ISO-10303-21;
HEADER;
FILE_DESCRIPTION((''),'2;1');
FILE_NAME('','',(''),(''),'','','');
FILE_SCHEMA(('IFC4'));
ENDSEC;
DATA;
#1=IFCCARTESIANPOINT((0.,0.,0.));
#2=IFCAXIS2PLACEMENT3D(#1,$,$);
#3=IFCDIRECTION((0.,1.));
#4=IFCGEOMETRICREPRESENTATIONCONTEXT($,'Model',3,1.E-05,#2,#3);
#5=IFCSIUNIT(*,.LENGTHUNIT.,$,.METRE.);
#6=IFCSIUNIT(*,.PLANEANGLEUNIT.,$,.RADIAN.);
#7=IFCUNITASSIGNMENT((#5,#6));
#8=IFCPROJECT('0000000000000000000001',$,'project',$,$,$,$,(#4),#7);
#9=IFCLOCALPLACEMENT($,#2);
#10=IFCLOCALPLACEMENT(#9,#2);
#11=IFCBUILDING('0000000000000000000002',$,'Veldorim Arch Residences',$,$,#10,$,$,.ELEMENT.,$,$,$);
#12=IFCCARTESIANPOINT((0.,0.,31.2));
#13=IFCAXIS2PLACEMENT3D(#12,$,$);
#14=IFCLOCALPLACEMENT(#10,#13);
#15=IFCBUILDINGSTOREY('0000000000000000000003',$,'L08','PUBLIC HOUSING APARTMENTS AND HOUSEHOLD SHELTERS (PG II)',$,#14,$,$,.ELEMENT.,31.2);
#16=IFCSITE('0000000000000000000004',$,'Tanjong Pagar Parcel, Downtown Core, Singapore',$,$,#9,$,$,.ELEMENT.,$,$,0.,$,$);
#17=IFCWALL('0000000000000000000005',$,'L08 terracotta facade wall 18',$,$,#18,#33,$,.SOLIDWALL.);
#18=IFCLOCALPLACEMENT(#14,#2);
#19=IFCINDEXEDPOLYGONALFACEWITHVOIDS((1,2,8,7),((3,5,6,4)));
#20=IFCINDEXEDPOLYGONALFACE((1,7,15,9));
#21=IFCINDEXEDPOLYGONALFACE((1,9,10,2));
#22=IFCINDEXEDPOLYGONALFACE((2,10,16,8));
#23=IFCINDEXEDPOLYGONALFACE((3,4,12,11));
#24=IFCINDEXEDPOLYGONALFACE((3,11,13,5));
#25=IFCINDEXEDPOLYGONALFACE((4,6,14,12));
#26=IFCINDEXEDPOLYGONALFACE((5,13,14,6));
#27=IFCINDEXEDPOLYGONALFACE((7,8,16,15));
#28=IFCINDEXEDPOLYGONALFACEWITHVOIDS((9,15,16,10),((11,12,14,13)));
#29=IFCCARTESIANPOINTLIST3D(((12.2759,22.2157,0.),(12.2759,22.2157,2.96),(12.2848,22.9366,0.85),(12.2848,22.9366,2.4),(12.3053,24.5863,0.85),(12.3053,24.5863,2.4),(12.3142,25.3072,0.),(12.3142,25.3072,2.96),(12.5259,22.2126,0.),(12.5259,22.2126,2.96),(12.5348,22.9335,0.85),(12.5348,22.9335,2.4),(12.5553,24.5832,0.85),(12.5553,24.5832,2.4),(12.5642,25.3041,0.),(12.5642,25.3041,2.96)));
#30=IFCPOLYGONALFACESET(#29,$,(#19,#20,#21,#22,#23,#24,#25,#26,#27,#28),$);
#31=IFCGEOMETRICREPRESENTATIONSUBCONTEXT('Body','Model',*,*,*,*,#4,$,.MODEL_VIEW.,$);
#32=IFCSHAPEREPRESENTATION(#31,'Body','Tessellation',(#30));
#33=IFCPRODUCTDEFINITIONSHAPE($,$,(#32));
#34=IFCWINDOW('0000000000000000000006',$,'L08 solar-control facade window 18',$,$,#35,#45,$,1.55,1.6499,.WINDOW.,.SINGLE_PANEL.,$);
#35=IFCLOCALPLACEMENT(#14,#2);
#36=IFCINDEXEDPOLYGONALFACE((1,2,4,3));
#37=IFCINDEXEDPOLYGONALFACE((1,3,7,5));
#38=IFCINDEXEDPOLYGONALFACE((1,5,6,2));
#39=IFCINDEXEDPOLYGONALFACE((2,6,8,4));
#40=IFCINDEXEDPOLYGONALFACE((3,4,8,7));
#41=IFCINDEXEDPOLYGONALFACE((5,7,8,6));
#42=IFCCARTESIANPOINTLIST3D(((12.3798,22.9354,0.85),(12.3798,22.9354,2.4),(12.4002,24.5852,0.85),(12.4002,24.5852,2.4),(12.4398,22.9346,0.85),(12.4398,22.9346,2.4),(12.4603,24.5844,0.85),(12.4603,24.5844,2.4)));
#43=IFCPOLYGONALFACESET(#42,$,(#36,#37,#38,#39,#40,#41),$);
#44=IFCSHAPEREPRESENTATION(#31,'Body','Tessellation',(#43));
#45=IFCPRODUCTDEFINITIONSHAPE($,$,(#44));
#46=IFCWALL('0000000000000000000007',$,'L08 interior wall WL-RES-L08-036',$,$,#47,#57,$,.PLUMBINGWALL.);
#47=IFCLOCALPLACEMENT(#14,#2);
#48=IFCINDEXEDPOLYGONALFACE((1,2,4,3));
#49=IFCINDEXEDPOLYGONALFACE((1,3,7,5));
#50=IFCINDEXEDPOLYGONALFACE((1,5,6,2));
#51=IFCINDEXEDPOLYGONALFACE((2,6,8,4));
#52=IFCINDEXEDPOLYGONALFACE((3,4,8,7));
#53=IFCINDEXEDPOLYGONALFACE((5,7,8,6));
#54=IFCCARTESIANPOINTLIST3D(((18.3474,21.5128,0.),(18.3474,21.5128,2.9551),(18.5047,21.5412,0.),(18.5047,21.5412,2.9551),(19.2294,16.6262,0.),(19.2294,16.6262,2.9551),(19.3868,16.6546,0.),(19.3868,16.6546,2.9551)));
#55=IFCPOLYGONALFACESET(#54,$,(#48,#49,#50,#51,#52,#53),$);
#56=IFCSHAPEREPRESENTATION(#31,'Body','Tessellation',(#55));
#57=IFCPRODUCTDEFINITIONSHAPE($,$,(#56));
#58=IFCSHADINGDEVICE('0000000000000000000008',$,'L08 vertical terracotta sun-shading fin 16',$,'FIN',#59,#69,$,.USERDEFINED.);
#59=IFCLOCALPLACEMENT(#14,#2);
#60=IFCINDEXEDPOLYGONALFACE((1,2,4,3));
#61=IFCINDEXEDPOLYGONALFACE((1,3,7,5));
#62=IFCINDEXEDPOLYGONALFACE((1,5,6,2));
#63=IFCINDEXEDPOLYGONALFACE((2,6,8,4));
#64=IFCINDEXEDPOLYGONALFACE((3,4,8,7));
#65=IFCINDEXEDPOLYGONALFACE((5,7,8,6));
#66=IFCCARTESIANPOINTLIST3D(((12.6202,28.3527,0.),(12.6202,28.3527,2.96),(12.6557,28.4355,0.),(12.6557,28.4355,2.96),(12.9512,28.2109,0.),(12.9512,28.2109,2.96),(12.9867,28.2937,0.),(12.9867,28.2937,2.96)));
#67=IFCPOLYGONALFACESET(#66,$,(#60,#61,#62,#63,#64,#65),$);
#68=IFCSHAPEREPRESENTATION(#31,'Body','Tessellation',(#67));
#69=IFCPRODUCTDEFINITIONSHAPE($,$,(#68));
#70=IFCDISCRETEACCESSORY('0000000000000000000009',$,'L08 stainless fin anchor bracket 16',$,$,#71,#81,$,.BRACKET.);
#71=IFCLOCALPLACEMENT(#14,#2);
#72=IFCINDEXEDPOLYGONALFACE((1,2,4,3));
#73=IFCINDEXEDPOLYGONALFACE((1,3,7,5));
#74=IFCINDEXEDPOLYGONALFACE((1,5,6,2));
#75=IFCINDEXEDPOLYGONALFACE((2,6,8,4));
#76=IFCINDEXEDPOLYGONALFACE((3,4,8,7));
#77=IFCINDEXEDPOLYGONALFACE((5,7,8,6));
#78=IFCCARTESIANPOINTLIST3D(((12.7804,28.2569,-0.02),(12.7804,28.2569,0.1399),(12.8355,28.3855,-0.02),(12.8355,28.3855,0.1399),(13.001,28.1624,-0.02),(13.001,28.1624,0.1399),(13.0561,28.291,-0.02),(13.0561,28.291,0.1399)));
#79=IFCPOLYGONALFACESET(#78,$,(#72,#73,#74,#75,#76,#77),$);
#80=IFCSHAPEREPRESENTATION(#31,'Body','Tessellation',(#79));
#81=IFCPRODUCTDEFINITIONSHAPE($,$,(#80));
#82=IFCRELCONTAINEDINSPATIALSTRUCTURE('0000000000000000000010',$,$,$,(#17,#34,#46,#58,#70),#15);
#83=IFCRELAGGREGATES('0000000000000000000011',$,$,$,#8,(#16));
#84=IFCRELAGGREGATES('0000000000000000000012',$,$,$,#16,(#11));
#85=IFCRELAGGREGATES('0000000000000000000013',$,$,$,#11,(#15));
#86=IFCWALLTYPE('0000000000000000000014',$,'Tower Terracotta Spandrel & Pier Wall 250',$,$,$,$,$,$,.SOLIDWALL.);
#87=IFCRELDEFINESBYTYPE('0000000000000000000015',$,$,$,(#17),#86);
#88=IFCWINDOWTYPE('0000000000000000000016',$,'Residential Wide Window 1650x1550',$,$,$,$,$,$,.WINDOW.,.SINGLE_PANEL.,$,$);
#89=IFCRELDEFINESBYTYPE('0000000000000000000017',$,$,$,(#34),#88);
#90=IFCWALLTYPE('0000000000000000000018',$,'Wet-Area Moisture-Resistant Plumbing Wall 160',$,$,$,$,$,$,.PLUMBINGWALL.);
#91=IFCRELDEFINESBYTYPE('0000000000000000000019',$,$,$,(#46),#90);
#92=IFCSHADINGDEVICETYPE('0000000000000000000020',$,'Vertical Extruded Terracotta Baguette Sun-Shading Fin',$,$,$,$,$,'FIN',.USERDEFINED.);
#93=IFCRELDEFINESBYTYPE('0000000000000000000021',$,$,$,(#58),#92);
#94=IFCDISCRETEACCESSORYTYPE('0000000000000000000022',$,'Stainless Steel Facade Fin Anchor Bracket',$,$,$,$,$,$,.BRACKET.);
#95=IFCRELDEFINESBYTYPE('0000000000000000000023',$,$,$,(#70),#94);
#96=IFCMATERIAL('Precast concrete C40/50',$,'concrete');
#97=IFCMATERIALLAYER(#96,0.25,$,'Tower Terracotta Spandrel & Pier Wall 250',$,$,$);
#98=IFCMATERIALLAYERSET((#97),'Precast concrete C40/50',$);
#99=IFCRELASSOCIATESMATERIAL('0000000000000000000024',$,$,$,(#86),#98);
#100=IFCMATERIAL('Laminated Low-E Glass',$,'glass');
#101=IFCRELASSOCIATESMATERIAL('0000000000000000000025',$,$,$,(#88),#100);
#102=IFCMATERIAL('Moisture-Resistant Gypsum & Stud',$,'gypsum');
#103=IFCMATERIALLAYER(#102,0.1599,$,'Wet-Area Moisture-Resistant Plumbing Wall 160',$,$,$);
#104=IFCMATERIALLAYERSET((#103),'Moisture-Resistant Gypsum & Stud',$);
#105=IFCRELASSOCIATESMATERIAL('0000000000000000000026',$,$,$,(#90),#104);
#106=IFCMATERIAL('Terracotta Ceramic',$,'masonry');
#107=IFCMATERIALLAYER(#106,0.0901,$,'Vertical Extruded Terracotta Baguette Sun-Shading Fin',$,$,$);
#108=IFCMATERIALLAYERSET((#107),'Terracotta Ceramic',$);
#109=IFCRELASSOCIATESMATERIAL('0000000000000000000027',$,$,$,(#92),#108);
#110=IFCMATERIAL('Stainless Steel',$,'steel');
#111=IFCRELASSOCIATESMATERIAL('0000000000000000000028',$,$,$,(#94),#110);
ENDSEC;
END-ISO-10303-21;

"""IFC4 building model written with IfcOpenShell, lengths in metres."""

from ifc_helpers import new_model, si_unit, direction, frame, frame_2d, origin, origin_2d, place, context, subcontext, project, spatial, rectangle, extrude, material, layer, layer_set, type_object, element, fill, save


model = new_model("IFC4")

# Units and contexts
model_context = context("Model", 3, precision=1e-05, world=origin(), true_north=direction((0.0, 1.0)))
body_context = subcontext(model_context, "Body", "Model", "MODEL_VIEW")
ifc_project = project(units=[si_unit("LENGTHUNIT", "METRE"), si_unit("PLANEANGLEUNIT", "RADIAN")], contexts=[model_context])

# Site, building, storey
site_placement = place(None, origin())
site = spatial("IfcSite", under=ifc_project, at=site_placement, Name="Tanjong Pagar Parcel, Downtown Core, Singapore", CompositionType="ELEMENT", RefElevation=0.0)
building_placement = place(site_placement, origin())
building = spatial("IfcBuilding", under=site, at=building_placement, Name="Veldorim Arch Residences", CompositionType="ELEMENT")
storey_placement = place(building_placement, frame((0.0, 0.0, 31.2)))
storey = spatial("IfcBuildingStorey", under=building, at=storey_placement, Name="L08", Description="PUBLIC HOUSING APARTMENTS AND HOUSEHOLD SHELTERS (PG II)", CompositionType="ELEMENT", Elevation=31.2)

# Shared definitions
ifc_material_1 = material(Name="Precast concrete C40/50", Category="concrete")
ifc_layer_1 = layer(ifc_material_1, 0.25, Name="Tower Terracotta Spandrel & Pier Wall 250")
ifc_layer_set_1 = layer_set([ifc_layer_1], Name="Precast concrete C40/50")
wall_type_1 = type_object("IfcWallType", Name="Tower Terracotta Spandrel & Pier Wall 250", PredefinedType="SOLIDWALL", material=ifc_layer_set_1)

# Wall, opening, window
wall_1_placement = place(storey_placement, frame((12.4009, 22.2141, 0.0), z_axis=(0.0, 0.0, 1.0), x_axis=(0.012397, 0.999923, 0.0)))
wall_1 = element("IfcWall", 1, at=wall_1_placement, inside=storey, type_object=wall_type_1, Name="L08 terracotta facade wall 18", PredefinedType="SOLIDWALL", context=body_context, shape_type="SweptSolid", body=[
    extrude(rectangle(XDim=3.0918, YDim=0.25, at=frame_2d((1.5459, 0.0))), origin(), (0.0, 0.0, 1.0), 2.96),
])
opening_1_placement = place(wall_1_placement, frame((0.7209, 0.0, 0.8501)))
opening_1 = element("IfcOpeningElement", 2, at=opening_1_placement, cuts=wall_1, PredefinedType="OPENING", context=body_context, shape_type="SweptSolid", body=[
    extrude(rectangle(XDim=1.6499, YDim=1.55, at=frame_2d((0.825, 0.7749))), frame((0.0, 0.135, 0.0), z_axis=(0.0, -1.0, 0.0), x_axis=(1.0, 0.0, 0.0)), (0.0, 0.0, 1.0), 0.27),
])
ifc_material_2 = material(Name="Laminated Low-E Glass", Category="glass")
window_type = type_object("IfcWindowType", Name="Residential Wide Window 1650x1550", PartitioningType="SINGLE_PANEL", PredefinedType="WINDOW", material=ifc_material_2)
window_placement = place(opening_1_placement, origin())
window = element("IfcWindow", 3, at=window_placement, inside=storey, type_object=window_type, Name="L08 solar-control facade window 18", OverallHeight=1.55, OverallWidth=1.6499, PartitioningType="SINGLE_PANEL", PredefinedType="WINDOW", context=body_context, shape_type="SweptSolid", body=[
    extrude(rectangle(XDim=1.6499, YDim=1.55, at=frame_2d((0.825, 0.7749))), frame((0.0, 0.03, 0.0), z_axis=(0.0, -1.0, 0.0), x_axis=(1.0, 0.0, 0.0)), (0.0, 0.0, 1.0), 0.0601),
])
fill(opening_1, window)

# Wall
ifc_material_3 = material(Name="Moisture-Resistant Gypsum & Stud", Category="gypsum")
ifc_layer_2 = layer(ifc_material_3, 0.1599, Name="Wet-Area Moisture-Resistant Plumbing Wall 160")
ifc_layer_set_2 = layer_set([ifc_layer_2], Name="Moisture-Resistant Gypsum & Stud")
wall_type_2 = type_object("IfcWallType", Name="Wet-Area Moisture-Resistant Plumbing Wall 160", PredefinedType="PLUMBINGWALL", material=ifc_layer_set_2)
wall_2_placement = place(storey_placement, frame((18.426, 21.5271, 0.0), z_axis=(0.0, 0.0, 1.0), x_axis=(0.177635, -0.984096, 0.0)))
element("IfcWall", 4, at=wall_2_placement, inside=storey, type_object=wall_type_2, Name="L08 interior wall WL-RES-L08-036", PredefinedType="PLUMBINGWALL", context=body_context, shape_type="SweptSolid", body=[
    extrude(rectangle(XDim=4.9656, YDim=0.1599, at=frame_2d((2.4829, 0.0))), origin(), (0.0, 0.0, 1.0), 2.9551),
])

# Shading device
ifc_material_4 = material(Name="Terracotta Ceramic", Category="masonry")
ifc_layer_3 = layer(ifc_material_4, 0.0901, Name="Vertical Extruded Terracotta Baguette Sun-Shading Fin")
ifc_layer_set_3 = layer_set([ifc_layer_3], Name="Terracotta Ceramic")
shading_device_type = type_object("IfcShadingDeviceType", Name="Vertical Extruded Terracotta Baguette Sun-Shading Fin", ElementType="FIN", PredefinedType="USERDEFINED", material=ifc_layer_set_3)
shading_device_placement = place(storey_placement, frame((12.8035, 28.3232, 0.0), z_axis=(0.0, 0.0, 1.0), x_axis=(0.393781, 0.919204, 0.0)))
element("IfcShadingDevice", 5, at=shading_device_placement, inside=storey, type_object=shading_device_type, Name="L08 vertical terracotta sun-shading fin 16", ObjectType="FIN", PredefinedType="USERDEFINED", context=body_context, shape_type="SweptSolid", body=[
    extrude(rectangle(XDim=0.0901, YDim=0.3601, at=origin_2d()), origin(), (0.0, 0.0, 1.0), 2.96),
])

# Discrete accessory
ifc_material_5 = material(Name="Stainless Steel", Category="steel")
discrete_accessory_type = type_object("IfcDiscreteAccessoryType", Name="Stainless Steel Facade Fin Anchor Bracket", PredefinedType="BRACKET", material=ifc_material_5)
discrete_accessory_placement = place(storey_placement, frame((12.9182, 28.2739, -0.02), z_axis=(0.0, 0.0, 1.0), x_axis=(0.393781, 0.919204, 0.0)))
element("IfcDiscreteAccessory", 6, at=discrete_accessory_placement, inside=storey, type_object=discrete_accessory_type, Name="L08 stainless fin anchor bracket 16", PredefinedType="BRACKET", context=body_context, shape_type="SweptSolid", body=[
    extrude(rectangle(XDim=0.1399, YDim=0.24, at=origin_2d()), origin(), (0.0, 0.0, 1.0), 0.1599),
])

save(model, "model.ifc")
